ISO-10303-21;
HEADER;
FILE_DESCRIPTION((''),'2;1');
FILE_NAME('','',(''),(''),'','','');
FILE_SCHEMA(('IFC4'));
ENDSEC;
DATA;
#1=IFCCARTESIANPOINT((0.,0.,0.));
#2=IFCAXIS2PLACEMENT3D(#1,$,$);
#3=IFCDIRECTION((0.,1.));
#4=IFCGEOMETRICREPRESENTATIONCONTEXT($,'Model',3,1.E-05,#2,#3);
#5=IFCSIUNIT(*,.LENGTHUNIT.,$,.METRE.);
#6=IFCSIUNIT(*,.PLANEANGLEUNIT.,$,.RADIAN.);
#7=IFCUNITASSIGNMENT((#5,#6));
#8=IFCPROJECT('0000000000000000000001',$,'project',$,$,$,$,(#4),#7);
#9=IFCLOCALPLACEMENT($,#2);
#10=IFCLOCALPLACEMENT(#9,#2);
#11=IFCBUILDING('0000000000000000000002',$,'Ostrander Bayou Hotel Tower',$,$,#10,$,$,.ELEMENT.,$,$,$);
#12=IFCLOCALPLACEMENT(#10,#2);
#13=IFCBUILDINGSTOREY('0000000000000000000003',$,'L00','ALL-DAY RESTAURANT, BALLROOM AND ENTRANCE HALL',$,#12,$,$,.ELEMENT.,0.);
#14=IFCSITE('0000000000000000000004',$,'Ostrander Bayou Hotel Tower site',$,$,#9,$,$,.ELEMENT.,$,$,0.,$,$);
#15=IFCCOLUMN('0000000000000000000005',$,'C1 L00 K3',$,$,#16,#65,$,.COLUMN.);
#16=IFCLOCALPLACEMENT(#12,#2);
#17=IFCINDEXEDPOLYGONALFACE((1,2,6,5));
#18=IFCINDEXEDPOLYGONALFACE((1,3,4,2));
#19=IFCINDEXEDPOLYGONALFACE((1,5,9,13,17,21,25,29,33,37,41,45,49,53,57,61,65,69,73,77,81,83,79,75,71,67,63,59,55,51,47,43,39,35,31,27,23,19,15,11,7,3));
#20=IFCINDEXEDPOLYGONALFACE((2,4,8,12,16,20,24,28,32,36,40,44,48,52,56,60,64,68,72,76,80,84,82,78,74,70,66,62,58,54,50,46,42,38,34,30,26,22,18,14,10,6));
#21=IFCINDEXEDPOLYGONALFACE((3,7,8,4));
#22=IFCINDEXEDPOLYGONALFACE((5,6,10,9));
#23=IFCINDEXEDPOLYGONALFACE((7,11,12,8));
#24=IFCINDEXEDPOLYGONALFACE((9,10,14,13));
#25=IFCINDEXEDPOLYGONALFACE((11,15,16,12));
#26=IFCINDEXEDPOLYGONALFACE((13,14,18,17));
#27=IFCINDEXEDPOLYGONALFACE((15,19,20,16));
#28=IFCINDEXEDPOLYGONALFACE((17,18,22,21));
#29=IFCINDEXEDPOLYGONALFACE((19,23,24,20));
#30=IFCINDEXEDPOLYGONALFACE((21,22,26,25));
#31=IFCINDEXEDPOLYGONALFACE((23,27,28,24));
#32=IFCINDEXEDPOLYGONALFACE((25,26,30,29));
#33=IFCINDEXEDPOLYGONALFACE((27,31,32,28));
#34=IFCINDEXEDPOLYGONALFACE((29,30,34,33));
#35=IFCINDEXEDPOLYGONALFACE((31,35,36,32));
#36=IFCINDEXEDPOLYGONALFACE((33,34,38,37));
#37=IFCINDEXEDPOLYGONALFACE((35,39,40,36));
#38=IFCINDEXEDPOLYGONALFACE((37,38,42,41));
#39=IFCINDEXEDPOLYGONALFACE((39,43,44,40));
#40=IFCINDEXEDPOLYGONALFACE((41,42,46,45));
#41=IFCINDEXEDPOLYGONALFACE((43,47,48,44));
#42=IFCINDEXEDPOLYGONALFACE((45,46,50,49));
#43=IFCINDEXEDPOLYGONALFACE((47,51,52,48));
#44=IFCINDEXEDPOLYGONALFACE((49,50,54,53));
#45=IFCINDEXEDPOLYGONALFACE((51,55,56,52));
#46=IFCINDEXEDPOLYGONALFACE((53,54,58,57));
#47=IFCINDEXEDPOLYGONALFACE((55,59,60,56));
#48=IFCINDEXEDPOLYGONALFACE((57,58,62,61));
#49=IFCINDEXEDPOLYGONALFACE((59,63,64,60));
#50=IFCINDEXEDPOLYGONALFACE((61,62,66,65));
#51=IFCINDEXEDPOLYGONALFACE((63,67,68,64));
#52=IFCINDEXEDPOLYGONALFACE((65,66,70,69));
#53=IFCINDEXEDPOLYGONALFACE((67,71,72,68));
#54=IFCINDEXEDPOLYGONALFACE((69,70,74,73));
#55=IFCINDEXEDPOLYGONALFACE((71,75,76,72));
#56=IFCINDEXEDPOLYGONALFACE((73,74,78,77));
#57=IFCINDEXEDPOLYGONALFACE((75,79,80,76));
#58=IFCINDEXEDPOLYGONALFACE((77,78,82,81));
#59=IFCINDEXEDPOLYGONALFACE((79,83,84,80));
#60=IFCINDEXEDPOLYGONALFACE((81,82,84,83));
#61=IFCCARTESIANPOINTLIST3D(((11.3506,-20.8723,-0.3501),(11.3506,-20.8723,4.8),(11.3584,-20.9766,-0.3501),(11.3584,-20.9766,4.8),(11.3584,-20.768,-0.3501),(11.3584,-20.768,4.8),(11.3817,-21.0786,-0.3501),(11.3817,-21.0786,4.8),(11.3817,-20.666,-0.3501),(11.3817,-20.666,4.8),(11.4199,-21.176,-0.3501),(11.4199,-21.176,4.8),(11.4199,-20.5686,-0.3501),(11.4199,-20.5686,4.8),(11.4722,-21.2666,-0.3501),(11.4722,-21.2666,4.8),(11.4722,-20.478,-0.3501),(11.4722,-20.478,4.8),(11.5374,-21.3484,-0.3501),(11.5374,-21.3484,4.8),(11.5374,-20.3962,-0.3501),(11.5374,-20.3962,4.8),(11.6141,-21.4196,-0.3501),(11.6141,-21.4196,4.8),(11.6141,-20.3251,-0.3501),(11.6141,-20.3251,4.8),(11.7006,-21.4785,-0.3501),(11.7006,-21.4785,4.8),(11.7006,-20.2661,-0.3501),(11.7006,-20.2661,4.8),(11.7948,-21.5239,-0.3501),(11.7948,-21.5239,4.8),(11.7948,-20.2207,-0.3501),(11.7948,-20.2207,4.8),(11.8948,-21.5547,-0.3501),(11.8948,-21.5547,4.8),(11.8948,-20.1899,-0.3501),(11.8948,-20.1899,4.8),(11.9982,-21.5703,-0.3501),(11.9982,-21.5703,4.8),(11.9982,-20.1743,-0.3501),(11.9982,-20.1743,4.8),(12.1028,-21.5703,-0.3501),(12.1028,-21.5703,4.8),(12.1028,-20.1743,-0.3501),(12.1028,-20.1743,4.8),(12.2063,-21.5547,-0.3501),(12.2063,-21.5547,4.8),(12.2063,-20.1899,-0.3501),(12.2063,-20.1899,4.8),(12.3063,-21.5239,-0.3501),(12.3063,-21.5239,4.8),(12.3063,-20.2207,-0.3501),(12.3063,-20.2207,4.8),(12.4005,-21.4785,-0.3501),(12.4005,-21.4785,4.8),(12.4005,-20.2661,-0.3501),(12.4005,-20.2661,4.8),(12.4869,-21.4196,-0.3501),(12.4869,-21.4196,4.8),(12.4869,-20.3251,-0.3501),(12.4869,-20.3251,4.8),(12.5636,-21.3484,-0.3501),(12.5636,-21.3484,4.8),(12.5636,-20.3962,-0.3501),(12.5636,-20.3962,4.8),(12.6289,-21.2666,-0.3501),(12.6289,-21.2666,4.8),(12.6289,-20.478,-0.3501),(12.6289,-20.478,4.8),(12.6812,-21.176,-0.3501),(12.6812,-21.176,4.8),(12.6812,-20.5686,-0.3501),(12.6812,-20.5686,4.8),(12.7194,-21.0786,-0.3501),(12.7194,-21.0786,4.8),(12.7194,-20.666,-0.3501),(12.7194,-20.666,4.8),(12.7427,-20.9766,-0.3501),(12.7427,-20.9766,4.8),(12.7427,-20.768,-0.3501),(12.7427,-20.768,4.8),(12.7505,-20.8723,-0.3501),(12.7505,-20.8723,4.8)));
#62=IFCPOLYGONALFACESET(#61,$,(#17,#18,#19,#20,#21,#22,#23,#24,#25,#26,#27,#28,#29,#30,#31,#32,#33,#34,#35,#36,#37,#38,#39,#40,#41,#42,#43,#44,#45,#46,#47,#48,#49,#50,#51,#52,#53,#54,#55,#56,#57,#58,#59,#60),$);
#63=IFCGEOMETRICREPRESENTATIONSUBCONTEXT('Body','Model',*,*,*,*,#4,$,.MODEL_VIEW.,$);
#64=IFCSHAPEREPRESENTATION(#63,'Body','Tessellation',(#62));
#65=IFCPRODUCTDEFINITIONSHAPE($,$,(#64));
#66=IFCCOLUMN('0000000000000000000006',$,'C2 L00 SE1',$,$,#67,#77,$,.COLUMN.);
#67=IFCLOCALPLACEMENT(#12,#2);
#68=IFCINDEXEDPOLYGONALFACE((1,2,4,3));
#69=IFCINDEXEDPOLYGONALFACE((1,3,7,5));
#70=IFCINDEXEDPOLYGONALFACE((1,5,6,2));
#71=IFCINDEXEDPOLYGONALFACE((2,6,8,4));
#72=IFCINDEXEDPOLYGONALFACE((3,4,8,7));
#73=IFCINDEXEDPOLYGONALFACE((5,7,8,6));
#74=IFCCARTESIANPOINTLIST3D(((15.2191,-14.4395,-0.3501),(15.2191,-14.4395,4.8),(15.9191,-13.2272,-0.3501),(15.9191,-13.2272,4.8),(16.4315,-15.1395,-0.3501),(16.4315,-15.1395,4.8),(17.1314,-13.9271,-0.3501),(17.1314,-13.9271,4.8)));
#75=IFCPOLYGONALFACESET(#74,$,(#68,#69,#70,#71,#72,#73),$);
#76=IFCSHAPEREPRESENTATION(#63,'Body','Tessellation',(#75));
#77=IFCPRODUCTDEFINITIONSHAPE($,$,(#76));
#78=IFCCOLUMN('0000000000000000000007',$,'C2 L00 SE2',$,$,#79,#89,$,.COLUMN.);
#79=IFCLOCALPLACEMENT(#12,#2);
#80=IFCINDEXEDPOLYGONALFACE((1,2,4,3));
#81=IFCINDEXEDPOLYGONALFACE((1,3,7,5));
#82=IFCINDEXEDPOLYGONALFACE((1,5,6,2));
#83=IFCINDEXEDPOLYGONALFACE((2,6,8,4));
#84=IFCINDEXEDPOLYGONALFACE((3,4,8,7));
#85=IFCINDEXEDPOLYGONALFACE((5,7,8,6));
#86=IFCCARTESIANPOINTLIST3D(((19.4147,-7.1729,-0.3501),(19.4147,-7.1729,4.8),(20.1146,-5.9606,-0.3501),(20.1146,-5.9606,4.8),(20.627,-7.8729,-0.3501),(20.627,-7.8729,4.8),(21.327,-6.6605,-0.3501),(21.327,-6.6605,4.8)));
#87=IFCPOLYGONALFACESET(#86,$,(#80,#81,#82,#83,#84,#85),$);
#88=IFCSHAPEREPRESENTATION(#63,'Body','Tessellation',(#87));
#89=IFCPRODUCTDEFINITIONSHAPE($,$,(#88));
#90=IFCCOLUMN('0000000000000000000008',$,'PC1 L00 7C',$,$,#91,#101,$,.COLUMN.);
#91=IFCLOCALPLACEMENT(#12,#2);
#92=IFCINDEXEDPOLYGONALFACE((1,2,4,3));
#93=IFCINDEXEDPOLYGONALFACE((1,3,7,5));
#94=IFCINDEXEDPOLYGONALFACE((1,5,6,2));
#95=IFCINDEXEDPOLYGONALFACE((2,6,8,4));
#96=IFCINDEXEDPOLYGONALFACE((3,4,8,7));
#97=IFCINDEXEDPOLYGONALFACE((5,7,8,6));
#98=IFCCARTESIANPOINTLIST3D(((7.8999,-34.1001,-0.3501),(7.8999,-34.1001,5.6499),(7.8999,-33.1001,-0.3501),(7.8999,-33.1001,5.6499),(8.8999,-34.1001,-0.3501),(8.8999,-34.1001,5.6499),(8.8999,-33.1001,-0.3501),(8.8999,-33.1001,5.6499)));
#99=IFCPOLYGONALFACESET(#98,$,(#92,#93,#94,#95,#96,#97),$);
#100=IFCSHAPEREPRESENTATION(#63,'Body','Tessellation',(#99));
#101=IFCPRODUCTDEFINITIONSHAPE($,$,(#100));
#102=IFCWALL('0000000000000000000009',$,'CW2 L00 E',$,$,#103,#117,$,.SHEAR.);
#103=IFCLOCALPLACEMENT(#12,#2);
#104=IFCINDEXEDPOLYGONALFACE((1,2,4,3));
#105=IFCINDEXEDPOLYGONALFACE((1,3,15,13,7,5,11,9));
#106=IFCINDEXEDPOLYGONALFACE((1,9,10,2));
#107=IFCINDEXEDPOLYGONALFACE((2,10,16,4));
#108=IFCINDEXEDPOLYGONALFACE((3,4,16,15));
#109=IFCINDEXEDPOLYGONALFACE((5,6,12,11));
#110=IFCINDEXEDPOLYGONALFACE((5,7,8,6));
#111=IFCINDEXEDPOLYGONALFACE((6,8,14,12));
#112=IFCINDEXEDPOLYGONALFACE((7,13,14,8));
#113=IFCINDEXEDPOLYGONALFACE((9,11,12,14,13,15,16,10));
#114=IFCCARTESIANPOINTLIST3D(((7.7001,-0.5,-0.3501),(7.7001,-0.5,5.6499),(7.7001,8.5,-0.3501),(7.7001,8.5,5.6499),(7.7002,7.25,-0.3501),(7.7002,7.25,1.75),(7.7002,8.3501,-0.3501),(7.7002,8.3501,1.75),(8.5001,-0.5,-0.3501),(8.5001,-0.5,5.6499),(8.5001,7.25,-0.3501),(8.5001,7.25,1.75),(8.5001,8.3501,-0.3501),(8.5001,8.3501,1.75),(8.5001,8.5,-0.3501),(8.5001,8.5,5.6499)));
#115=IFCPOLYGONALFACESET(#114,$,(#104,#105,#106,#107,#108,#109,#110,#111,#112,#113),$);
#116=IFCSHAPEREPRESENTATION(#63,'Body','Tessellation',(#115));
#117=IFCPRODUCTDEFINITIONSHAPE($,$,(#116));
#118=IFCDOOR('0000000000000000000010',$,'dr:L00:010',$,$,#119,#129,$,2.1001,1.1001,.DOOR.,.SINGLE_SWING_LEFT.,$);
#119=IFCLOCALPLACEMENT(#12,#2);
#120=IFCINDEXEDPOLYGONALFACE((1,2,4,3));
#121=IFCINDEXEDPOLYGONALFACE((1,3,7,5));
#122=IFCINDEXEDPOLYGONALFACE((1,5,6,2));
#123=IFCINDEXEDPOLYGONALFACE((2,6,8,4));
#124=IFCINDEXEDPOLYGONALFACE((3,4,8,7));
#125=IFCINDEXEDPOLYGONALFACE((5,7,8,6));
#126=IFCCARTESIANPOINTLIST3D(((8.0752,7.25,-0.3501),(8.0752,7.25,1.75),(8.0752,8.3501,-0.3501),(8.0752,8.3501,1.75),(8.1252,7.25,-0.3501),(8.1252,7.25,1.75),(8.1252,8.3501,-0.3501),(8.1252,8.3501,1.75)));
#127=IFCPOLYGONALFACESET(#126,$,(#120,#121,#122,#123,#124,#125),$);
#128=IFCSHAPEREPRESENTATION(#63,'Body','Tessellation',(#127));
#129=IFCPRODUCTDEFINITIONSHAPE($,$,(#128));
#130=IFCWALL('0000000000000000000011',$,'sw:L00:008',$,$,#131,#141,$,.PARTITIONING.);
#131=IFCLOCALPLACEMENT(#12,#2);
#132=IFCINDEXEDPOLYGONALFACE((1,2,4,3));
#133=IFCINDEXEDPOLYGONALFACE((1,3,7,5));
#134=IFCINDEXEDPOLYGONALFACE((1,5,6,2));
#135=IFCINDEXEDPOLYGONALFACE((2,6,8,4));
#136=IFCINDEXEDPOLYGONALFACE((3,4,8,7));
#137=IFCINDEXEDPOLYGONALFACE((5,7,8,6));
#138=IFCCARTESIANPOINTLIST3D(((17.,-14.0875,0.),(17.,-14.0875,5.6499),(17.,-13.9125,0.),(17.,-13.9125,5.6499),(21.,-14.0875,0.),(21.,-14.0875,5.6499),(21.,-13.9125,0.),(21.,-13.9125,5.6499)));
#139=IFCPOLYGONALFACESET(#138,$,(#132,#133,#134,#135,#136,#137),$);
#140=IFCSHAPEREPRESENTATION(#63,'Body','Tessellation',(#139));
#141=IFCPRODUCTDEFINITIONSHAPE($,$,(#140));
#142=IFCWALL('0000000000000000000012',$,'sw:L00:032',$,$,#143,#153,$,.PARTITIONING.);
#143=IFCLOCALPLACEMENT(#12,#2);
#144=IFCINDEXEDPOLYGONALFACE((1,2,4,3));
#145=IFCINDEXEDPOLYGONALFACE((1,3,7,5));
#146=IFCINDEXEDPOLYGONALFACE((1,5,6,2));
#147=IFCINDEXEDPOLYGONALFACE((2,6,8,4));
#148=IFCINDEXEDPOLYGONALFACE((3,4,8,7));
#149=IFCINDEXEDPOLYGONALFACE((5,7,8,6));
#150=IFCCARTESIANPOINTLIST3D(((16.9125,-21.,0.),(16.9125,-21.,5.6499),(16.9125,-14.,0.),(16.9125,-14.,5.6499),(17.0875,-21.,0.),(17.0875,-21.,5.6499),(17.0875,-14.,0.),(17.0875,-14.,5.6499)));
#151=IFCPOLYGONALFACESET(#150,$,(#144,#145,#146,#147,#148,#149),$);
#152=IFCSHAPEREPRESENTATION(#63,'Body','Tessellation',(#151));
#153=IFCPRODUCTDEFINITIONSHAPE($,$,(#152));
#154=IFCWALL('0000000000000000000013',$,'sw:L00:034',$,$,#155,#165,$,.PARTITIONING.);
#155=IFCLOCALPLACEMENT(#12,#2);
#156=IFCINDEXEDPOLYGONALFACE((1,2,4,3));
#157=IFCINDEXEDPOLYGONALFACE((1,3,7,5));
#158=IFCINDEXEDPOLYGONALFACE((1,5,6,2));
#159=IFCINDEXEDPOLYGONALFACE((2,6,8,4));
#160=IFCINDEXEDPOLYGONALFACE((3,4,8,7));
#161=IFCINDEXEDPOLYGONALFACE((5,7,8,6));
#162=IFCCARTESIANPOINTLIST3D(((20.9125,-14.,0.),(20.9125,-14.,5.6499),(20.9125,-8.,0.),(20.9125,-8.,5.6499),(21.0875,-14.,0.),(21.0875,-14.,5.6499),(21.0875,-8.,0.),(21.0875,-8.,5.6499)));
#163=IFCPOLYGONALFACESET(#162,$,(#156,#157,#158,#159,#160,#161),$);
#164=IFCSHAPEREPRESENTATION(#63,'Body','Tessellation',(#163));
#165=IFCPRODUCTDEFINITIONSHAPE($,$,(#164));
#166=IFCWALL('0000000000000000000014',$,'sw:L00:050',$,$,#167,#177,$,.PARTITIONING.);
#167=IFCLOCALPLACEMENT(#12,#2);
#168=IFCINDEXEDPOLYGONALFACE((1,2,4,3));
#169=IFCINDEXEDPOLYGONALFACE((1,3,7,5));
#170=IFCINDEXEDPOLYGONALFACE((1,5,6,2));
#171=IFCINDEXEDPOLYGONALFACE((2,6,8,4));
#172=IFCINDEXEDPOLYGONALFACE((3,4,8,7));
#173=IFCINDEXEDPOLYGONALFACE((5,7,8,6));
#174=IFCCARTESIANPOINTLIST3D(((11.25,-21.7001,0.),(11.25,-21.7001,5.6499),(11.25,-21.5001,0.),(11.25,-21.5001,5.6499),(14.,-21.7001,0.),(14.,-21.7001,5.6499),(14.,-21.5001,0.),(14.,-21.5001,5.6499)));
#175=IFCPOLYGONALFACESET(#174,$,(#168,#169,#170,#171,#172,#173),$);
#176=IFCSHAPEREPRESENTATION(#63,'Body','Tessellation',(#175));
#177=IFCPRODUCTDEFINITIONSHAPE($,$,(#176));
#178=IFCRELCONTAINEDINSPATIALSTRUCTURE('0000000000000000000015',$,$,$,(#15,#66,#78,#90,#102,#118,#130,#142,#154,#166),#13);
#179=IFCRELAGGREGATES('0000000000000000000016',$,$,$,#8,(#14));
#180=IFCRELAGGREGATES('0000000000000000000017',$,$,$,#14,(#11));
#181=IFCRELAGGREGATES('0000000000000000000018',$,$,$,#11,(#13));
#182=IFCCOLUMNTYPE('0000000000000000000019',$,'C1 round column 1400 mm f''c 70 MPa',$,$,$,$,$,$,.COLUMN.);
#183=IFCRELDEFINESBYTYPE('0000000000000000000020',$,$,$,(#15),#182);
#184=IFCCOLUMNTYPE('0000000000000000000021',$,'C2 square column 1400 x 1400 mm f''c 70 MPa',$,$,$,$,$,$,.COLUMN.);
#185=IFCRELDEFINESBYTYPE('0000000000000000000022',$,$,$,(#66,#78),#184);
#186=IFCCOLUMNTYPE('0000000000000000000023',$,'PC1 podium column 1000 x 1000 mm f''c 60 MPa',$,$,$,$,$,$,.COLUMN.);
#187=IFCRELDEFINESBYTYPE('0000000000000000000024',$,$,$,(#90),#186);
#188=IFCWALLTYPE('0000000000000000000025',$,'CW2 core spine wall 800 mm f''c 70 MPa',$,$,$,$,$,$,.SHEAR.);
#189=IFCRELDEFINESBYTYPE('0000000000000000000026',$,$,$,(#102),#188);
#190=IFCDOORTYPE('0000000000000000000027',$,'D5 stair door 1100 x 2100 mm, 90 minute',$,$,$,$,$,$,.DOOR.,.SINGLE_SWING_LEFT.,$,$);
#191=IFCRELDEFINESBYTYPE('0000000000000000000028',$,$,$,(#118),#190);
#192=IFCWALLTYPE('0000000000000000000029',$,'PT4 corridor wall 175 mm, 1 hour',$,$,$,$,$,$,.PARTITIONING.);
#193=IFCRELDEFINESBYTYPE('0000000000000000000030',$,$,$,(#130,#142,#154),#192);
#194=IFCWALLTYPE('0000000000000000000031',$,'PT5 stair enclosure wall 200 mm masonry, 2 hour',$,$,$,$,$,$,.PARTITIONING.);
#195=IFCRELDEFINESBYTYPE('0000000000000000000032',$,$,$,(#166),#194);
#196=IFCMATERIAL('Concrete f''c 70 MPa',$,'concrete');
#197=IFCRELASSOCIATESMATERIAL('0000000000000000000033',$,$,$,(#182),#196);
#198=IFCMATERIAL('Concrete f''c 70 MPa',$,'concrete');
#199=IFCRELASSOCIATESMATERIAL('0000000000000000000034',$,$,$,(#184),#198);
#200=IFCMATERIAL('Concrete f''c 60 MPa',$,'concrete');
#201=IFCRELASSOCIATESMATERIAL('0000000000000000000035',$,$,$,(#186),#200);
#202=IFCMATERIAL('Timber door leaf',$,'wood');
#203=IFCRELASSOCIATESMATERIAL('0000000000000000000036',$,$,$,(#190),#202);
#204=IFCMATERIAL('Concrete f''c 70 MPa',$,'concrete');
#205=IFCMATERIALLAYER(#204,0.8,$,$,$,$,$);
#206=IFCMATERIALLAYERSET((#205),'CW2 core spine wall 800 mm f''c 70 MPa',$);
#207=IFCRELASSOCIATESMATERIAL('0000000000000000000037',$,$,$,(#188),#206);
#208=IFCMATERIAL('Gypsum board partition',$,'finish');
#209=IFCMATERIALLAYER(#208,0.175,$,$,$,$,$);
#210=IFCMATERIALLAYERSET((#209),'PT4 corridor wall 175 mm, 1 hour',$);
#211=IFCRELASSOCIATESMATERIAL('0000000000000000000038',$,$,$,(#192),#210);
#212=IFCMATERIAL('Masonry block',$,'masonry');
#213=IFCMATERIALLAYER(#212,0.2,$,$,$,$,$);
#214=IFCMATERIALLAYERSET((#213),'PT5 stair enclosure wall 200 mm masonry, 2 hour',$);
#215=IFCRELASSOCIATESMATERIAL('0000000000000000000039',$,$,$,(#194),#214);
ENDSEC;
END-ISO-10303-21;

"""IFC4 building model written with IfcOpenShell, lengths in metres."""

from ifc_helpers import new_model, si_unit, direction, frame, frame_2d, origin, origin_2d, place, context, subcontext, project, spatial, rectangle, circle, extrude, material, layer, layer_set, material_profile, profile_set, type_object, element, fill, save


model = new_model("IFC4")

# Units and contexts
model_context = context("Model", 3, precision=1e-05, world=origin(), true_north=direction((0.0, 1.0)))
body_context = subcontext(model_context, "Body", "Model", "MODEL_VIEW")
ifc_project = project(units=[si_unit("LENGTHUNIT", "METRE"), si_unit("PLANEANGLEUNIT", "RADIAN")], contexts=[model_context])

# Site, building, storey
site_placement = place(None, origin())
site = spatial("IfcSite", under=ifc_project, at=site_placement, Name="Ostrander Bayou Hotel Tower site", CompositionType="ELEMENT", RefElevation=0.0)
building_placement = place(site_placement, origin())
building = spatial("IfcBuilding", under=site, at=building_placement, Name="Ostrander Bayou Hotel Tower", CompositionType="ELEMENT")
storey_placement = place(building_placement, origin())
storey = spatial("IfcBuildingStorey", under=building, at=storey_placement, Name="L00", Description="ALL-DAY RESTAURANT, BALLROOM AND ENTRANCE HALL", CompositionType="ELEMENT", Elevation=0.0)

# Columns
ifc_material_1 = material(Name="Concrete f'c 70 MPa", Category="concrete")
ifc_material_profile_1 = material_profile(ifc_material_1, circle(Radius=0.7, at=origin_2d()))
ifc_profile_set_1 = profile_set([ifc_material_profile_1], Name="Concrete f'c 70 MPa")
column_type_1 = type_object("IfcColumnType", Name="C1 round column 1400 mm f'c 70 MPa", PredefinedType="COLUMN", material=ifc_profile_set_1)
column_1_placement = place(storey_placement, frame((12.0505, -20.8723, -0.3501), z_axis=(0.0, 0.0, 1.0), x_axis=(1.0, 0.0, 0.0)))
element("IfcColumn", 1, at=column_1_placement, inside=storey, type_object=column_type_1, Name="C1 L00 K3", PredefinedType="COLUMN", context=body_context, shape_type="SweptSolid", body=[
    extrude(circle(Radius=0.7, at=origin_2d()), origin(), (0.0, 0.0, 1.0), 5.1501),
])
ifc_material_2 = material(Name="Concrete f'c 70 MPa", Category="concrete")
ifc_material_profile_2 = material_profile(ifc_material_2, rectangle(XDim=1.3999, YDim=1.3999, at=origin_2d()))
ifc_profile_set_2 = profile_set([ifc_material_profile_2], Name="Concrete f'c 70 MPa")
column_type_2 = type_object("IfcColumnType", Name="C2 square column 1400 x 1400 mm f'c 70 MPa", PredefinedType="COLUMN", material=ifc_profile_set_2)
for number, where, z_axis, x_axis, name in (
    (2, (16.1753, -14.1833, -0.3501), (0.0, 0.0, 1.0), (-0.5, -0.866025, 0.0), "C2 L00 SE1"),
    (3, (20.3708, -6.9167, -0.3501), (0.0, 0.0, 1.0), (-0.5, -0.866025, 0.0), "C2 L00 SE2"),
):
    element("IfcColumn", number, at=place(storey_placement, frame(where, z_axis=z_axis, x_axis=x_axis)), inside=storey, type_object=column_type_2, Name=name, PredefinedType="COLUMN", context=body_context, shape_type="SweptSolid", body=[
        extrude(rectangle(XDim=1.3999, YDim=1.3999, at=origin_2d()), origin(), (0.0, 0.0, 1.0), 5.1501),
    ])
ifc_material_3 = material(Name="Concrete f'c 60 MPa", Category="concrete")
ifc_material_profile_3 = material_profile(ifc_material_3, rectangle(XDim=1.0, YDim=1.0, at=origin_2d()))
ifc_profile_set_3 = profile_set([ifc_material_profile_3], Name="Concrete f'c 60 MPa")
column_type_3 = type_object("IfcColumnType", Name="PC1 podium column 1000 x 1000 mm f'c 60 MPa", PredefinedType="COLUMN", material=ifc_profile_set_3)
column_2_placement = place(storey_placement, frame((8.3999, -33.6001, -0.3501), z_axis=(0.0, 0.0, 1.0), x_axis=(1.0, 0.0, 0.0)))
element("IfcColumn", 4, at=column_2_placement, inside=storey, type_object=column_type_3, Name="PC1 L00 7C", PredefinedType="COLUMN", context=body_context, shape_type="SweptSolid", body=[
    extrude(rectangle(XDim=1.0, YDim=1.0, at=origin_2d()), origin(), (0.0, 0.0, 1.0), 6.0),
])

# Shared definitions
ifc_material_4 = material(Name="Timber door leaf", Category="wood")
door_type_1 = type_object("IfcDoorType", Name="D5 stair door 1100 x 2100 mm, 90 minute", OperationType="SINGLE_SWING_LEFT", PredefinedType="DOOR", material=ifc_material_4)

# Wall, opening, door
ifc_material_5 = material(Name="Concrete f'c 70 MPa", Category="concrete")
ifc_layer_1 = layer(ifc_material_5, 0.8)
ifc_layer_set_1 = layer_set([ifc_layer_1], Name="CW2 core spine wall 800 mm f'c 70 MPa")
wall_type_1 = type_object("IfcWallType", Name="CW2 core spine wall 800 mm f'c 70 MPa", PredefinedType="SHEAR", material=ifc_layer_set_1)
wall_1_placement = place(storey_placement, frame((8.1001, -0.5, -0.3501), z_axis=(0.0, 0.0, 1.0), x_axis=(0.0, 1.0, 0.0)))
wall_1 = element("IfcWall", 5, at=wall_1_placement, inside=storey, type_object=wall_type_1, Name="CW2 L00 E", PredefinedType="SHEAR", context=body_context, shape_type="SweptSolid", body=[
    extrude(rectangle(XDim=9.0, YDim=0.8, at=frame_2d((4.5, 0.0))), origin(), (0.0, 0.0, 1.0), 6.0),
])
opening_1_placement = place(wall_1_placement, frame((7.75, 0.0, 0.0)))
opening_1 = element("IfcOpeningElement", 6, at=opening_1_placement, cuts=wall_1, PredefinedType="OPENING", context=body_context, shape_type="SweptSolid", body=[
    extrude(rectangle(XDim=1.1001, YDim=2.1001, at=frame_2d((0.55, 1.05))), frame((0.0, 0.3999, 0.0), z_axis=(0.0, -1.0, 0.0), x_axis=(1.0, 0.0, 0.0)), (0.0, 0.0, 1.0), 0.8),
])
door_1_placement = place(opening_1_placement, origin())
door_1 = element("IfcDoor", 7, at=door_1_placement, inside=storey, type_object=door_type_1, Name="dr:L00:010", OperationType="SINGLE_SWING_LEFT", OverallHeight=2.1001, OverallWidth=1.1001, PredefinedType="DOOR", context=body_context, shape_type="SweptSolid", body=[
    extrude(rectangle(XDim=1.1001, YDim=2.1001, at=frame_2d((0.55, 1.05))), frame((0.0, 0.0249, 0.0), z_axis=(0.0, -1.0, 0.0), x_axis=(1.0, 0.0, 0.0)), (0.0, 0.0, 1.0), 0.05),
])
fill(opening_1, door_1)
ifc_material_6 = material(Name="Gypsum board partition", Category="finish")
ifc_layer_2 = layer(ifc_material_6, 0.175)
ifc_layer_set_2 = layer_set([ifc_layer_2], Name="PT4 corridor wall 175 mm, 1 hour")
wall_type_2 = type_object("IfcWallType", Name="PT4 corridor wall 175 mm, 1 hour", PredefinedType="PARTITIONING", material=ifc_layer_set_2)

# Walls
wall_2_placement = place(storey_placement, frame((17.0, -14.0, 0.0), z_axis=(0.0, 0.0, 1.0), x_axis=(1.0, 0.0, 0.0)))
element("IfcWall", 8, at=wall_2_placement, inside=storey, type_object=wall_type_2, Name="sw:L00:008", PredefinedType="PARTITIONING", context=body_context, shape_type="SweptSolid", body=[
    extrude(rectangle(XDim=4.0, YDim=0.175, at=frame_2d((2.0, 0.0))), origin(), (0.0, 0.0, 1.0), 5.6499),
])
wall_3_placement = place(storey_placement, frame((17.0, -21.0, 0.0), z_axis=(0.0, 0.0, 1.0), x_axis=(0.0, 1.0, 0.0)))
element("IfcWall", 9, at=wall_3_placement, inside=storey, type_object=wall_type_2, Name="sw:L00:032", PredefinedType="PARTITIONING", context=body_context, shape_type="SweptSolid", body=[
    extrude(rectangle(XDim=7.0, YDim=0.175, at=frame_2d((3.5, 0.0))), origin(), (0.0, 0.0, 1.0), 5.6499),
])
wall_4_placement = place(storey_placement, frame((21.0, -14.0, 0.0), z_axis=(0.0, 0.0, 1.0), x_axis=(0.0, 1.0, 0.0)))
element("IfcWall", 10, at=wall_4_placement, inside=storey, type_object=wall_type_2, Name="sw:L00:034", PredefinedType="PARTITIONING", context=body_context, shape_type="SweptSolid", body=[
    extrude(rectangle(XDim=6.0, YDim=0.175, at=frame_2d((3.0, 0.0))), origin(), (0.0, 0.0, 1.0), 5.6499),
])
ifc_material_7 = material(Name="Masonry block", Category="masonry")
ifc_layer_3 = layer(ifc_material_7, 0.2)
ifc_layer_set_3 = layer_set([ifc_layer_3], Name="PT5 stair enclosure wall 200 mm masonry, 2 hour")
wall_type_3 = type_object("IfcWallType", Name="PT5 stair enclosure wall 200 mm masonry, 2 hour", PredefinedType="PARTITIONING", material=ifc_layer_set_3)
wall_5_placement = place(storey_placement, frame((11.25, -21.6001, 0.0), z_axis=(0.0, 0.0, 1.0), x_axis=(1.0, 0.0, 0.0)))
element("IfcWall", 11, at=wall_5_placement, inside=storey, type_object=wall_type_3, Name="sw:L00:050", PredefinedType="PARTITIONING", context=body_context, shape_type="SweptSolid", body=[
    extrude(rectangle(XDim=2.75, YDim=0.2, at=frame_2d((1.375, 0.0))), origin(), (0.0, 0.0, 1.0), 5.6499),
])

save(model, "model.ifc")
